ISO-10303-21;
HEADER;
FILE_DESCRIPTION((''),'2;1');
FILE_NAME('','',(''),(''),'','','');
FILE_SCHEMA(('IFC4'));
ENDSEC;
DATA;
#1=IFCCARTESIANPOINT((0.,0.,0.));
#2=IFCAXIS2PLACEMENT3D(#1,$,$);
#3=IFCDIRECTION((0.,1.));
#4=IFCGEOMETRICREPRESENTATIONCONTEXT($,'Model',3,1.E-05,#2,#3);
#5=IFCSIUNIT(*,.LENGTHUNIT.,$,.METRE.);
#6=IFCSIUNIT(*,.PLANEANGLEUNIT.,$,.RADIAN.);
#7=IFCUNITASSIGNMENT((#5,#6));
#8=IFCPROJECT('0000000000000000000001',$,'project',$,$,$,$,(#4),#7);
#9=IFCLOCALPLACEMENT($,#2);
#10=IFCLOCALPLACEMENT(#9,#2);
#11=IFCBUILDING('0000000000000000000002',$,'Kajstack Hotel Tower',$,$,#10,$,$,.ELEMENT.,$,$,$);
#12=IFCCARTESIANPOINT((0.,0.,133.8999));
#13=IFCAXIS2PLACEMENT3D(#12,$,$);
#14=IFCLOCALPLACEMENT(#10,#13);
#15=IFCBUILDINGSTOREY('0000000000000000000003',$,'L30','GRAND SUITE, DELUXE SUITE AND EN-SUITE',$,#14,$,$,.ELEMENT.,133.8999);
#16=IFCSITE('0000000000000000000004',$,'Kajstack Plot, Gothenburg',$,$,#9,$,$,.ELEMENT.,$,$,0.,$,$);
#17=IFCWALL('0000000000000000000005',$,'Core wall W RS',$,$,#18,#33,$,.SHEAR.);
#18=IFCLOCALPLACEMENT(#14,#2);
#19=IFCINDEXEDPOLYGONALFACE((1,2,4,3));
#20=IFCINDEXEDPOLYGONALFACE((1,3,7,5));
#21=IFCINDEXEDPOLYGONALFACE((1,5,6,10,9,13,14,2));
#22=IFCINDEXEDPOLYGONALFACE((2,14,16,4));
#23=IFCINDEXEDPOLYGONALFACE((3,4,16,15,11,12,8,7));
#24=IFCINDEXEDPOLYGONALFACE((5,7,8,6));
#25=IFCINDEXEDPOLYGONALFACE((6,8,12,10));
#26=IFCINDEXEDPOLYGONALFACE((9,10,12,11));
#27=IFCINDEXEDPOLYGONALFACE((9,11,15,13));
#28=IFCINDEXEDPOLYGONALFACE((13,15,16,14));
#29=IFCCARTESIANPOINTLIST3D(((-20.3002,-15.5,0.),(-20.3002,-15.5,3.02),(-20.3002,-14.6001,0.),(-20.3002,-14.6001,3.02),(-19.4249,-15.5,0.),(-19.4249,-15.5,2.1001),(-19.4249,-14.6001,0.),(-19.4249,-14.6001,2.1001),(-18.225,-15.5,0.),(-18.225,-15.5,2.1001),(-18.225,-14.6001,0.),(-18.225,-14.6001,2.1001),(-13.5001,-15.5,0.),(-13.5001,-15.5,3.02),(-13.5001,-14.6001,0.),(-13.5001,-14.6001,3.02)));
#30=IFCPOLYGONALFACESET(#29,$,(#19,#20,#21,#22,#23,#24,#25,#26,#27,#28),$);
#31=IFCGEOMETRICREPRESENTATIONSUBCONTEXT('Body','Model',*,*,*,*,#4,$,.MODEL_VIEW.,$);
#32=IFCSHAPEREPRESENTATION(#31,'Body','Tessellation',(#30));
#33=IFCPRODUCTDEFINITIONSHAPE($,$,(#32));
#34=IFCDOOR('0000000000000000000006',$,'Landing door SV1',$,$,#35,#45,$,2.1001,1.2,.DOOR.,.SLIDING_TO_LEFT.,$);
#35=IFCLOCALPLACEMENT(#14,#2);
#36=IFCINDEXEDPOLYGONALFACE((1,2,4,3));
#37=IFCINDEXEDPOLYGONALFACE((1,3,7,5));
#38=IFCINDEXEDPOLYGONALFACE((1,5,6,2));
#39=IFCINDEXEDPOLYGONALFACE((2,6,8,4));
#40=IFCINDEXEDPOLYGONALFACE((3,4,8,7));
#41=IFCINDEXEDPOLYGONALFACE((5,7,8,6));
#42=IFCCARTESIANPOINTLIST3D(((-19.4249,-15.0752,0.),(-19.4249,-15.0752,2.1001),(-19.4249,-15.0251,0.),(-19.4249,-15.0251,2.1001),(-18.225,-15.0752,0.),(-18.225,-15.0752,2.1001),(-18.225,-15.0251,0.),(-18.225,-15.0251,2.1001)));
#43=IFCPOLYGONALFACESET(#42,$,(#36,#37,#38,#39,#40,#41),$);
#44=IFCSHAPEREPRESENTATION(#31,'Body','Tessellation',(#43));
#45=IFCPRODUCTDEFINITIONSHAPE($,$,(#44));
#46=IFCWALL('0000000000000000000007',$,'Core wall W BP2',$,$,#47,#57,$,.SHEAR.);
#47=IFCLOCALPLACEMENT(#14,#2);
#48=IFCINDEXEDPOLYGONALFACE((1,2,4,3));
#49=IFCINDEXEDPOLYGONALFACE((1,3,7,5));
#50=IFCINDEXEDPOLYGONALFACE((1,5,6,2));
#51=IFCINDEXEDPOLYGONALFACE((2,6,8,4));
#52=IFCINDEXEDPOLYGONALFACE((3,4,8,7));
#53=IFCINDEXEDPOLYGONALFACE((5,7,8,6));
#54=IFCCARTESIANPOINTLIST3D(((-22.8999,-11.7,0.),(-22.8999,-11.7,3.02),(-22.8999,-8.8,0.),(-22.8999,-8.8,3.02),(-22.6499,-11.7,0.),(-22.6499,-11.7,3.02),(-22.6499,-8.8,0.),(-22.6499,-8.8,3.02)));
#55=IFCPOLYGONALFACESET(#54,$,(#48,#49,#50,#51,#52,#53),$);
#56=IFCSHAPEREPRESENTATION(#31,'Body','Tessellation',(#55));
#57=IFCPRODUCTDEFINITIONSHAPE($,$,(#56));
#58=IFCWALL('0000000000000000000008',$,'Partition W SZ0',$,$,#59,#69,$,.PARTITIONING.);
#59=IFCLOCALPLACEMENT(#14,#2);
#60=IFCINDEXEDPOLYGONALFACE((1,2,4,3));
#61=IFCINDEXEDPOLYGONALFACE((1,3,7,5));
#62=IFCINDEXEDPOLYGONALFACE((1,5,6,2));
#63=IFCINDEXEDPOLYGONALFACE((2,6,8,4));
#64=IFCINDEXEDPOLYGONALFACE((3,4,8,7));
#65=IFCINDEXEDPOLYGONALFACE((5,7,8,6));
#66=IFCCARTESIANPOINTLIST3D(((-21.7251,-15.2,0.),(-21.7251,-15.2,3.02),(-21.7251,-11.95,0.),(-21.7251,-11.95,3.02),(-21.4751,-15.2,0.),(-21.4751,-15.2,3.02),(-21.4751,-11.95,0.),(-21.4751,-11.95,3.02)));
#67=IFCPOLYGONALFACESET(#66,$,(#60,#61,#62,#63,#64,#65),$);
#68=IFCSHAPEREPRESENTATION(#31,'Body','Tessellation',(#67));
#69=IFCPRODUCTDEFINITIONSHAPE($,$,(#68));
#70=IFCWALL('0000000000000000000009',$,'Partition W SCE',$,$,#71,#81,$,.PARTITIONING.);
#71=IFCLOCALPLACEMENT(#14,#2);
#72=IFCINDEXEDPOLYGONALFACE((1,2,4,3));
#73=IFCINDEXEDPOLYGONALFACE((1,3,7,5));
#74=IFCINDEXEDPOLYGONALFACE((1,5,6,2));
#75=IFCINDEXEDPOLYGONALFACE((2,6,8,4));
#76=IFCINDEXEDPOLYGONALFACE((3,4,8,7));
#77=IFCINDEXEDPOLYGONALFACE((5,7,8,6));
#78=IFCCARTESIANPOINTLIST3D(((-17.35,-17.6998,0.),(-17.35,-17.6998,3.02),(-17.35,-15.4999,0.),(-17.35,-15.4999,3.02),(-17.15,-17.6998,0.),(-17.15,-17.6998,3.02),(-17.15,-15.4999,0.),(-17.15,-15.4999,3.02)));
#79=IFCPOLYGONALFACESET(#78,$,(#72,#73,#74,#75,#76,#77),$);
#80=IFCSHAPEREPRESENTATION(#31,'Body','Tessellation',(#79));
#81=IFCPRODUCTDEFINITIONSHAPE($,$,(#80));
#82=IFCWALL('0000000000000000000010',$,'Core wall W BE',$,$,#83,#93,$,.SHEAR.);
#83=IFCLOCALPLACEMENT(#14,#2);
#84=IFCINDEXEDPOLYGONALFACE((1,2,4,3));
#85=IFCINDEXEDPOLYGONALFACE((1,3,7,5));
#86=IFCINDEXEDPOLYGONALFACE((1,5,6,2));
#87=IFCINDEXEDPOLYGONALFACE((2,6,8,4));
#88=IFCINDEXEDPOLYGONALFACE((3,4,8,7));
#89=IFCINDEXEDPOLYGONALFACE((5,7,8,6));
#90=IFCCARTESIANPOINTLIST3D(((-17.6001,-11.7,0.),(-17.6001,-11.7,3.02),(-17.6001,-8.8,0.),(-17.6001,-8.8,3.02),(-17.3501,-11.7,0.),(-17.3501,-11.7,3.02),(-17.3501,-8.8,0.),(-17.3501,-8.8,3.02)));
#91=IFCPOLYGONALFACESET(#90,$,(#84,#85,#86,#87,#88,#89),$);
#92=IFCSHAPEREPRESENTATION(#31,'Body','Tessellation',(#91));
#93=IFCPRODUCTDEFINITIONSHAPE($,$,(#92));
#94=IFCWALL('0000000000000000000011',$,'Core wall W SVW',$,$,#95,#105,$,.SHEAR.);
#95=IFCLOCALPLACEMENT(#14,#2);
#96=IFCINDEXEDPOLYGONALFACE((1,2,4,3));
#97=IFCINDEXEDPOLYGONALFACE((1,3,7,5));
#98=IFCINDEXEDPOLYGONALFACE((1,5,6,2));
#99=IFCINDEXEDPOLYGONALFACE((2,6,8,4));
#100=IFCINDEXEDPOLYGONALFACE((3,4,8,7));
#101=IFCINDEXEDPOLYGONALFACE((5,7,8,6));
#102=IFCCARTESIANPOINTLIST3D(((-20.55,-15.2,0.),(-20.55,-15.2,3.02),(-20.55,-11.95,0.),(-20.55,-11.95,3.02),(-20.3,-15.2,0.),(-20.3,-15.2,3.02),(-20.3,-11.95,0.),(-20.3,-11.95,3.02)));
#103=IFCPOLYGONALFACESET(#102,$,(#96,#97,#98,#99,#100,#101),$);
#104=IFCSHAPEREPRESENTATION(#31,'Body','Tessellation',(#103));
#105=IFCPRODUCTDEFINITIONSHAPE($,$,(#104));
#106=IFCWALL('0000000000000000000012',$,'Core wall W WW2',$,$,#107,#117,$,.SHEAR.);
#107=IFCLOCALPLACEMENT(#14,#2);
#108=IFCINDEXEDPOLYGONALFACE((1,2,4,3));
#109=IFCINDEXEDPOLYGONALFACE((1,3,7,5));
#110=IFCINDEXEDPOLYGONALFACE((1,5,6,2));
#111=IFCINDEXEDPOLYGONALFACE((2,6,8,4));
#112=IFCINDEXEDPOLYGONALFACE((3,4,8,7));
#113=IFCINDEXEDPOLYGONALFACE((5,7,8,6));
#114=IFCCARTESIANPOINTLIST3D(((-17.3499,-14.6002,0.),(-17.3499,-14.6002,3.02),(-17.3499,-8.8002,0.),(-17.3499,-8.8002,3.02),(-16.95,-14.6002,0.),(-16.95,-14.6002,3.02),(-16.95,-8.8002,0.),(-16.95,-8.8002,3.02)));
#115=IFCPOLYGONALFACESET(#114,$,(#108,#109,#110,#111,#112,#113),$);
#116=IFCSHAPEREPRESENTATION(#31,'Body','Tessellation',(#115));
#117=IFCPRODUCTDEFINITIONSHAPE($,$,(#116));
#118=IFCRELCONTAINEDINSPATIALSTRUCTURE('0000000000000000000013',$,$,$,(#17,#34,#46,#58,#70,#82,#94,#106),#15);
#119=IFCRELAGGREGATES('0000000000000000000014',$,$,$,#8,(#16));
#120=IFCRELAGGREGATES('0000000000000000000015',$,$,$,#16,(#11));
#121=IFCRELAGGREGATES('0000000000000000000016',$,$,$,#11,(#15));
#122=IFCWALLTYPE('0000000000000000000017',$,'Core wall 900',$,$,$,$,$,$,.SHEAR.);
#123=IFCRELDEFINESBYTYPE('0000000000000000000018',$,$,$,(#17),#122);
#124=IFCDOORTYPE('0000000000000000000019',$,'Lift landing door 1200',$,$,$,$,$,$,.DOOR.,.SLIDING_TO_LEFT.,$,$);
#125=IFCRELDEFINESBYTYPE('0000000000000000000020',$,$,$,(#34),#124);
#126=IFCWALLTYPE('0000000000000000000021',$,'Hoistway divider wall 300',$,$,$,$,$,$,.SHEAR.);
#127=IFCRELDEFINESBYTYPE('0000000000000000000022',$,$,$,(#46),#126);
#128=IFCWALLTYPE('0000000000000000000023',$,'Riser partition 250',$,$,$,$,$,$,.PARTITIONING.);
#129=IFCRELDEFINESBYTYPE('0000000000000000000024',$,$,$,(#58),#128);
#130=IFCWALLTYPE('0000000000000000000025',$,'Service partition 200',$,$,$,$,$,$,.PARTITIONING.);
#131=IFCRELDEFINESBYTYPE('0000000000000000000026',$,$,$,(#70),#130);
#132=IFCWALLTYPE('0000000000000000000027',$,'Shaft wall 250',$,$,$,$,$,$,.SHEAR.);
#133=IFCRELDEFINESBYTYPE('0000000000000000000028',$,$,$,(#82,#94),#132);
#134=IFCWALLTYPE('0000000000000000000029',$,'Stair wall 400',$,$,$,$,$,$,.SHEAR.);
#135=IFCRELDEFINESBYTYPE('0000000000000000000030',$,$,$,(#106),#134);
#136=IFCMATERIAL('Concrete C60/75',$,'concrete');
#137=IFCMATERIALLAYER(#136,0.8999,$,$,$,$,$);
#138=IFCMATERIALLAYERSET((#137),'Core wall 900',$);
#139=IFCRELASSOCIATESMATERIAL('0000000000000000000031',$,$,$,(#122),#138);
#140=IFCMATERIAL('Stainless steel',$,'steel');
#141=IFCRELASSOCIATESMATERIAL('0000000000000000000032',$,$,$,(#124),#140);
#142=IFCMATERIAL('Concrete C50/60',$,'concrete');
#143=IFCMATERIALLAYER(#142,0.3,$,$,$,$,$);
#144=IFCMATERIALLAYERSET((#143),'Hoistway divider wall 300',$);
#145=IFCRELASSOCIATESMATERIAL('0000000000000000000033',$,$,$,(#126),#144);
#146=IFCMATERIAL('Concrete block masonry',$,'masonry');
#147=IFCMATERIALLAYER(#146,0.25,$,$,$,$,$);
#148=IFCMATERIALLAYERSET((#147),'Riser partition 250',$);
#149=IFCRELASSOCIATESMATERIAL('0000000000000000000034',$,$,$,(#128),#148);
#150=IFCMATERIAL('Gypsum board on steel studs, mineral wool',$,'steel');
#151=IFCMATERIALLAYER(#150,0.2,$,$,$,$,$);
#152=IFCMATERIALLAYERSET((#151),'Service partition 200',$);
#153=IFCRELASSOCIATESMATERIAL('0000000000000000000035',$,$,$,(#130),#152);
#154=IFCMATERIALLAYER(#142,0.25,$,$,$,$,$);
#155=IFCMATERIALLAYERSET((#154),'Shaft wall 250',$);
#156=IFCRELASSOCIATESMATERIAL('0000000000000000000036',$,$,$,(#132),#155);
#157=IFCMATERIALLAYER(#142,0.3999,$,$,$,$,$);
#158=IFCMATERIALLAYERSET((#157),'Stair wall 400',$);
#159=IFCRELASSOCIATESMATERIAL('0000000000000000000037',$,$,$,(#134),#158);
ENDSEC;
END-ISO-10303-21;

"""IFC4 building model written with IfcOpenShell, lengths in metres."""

from ifc_helpers import new_model, si_unit, direction, frame, frame_2d, origin, place, context, subcontext, project, spatial, rectangle, extrude, material, layer, layer_set, type_object, element, fill, save


model = new_model("IFC4")

# Units and contexts
model_context = context("Model", 3, precision=1e-05, world=origin(), true_north=direction((0.0, 1.0)))
body_context = subcontext(model_context, "Body", "Model", "MODEL_VIEW")
ifc_project = project(units=[si_unit("LENGTHUNIT", "METRE"), si_unit("PLANEANGLEUNIT", "RADIAN")], contexts=[model_context])

# Site, building, storey
site_placement = place(None, origin())
site = spatial("IfcSite", under=ifc_project, at=site_placement, Name="Kajstack Plot, Gothenburg", CompositionType="ELEMENT", RefElevation=0.0)
building_placement = place(site_placement, origin())
building = spatial("IfcBuilding", under=site, at=building_placement, Name="Kajstack Hotel Tower", CompositionType="ELEMENT")
storey_placement = place(building_placement, frame((0.0, 0.0, 133.8999)))
storey = spatial("IfcBuildingStorey", under=building, at=storey_placement, Name="L30", Description="GRAND SUITE, DELUXE SUITE AND EN-SUITE", CompositionType="ELEMENT", Elevation=133.8999)

# Wall, opening, door
ifc_material_1 = material(Name="Concrete C60/75", Category="concrete")
ifc_layer_1 = layer(ifc_material_1, 0.8999)
ifc_layer_set_1 = layer_set([ifc_layer_1], Name="Core wall 900")
wall_type_1 = type_object("IfcWallType", Name="Core wall 900", PredefinedType="SHEAR", material=ifc_layer_set_1)
wall_1_placement = place(storey_placement, frame((-20.3, -15.05, 0.0), z_axis=(0.0, 0.0, 1.0), x_axis=(1.0, 0.0, 0.0)))
wall_1 = element("IfcWall", 1, at=wall_1_placement, inside=storey, type_object=wall_type_1, Name="Core wall W RS", PredefinedType="SHEAR", context=body_context, shape_type="SweptSolid", body=[
    extrude(rectangle(XDim=6.8, YDim=0.8999, at=frame_2d((3.3999, 0.0))), origin(), (0.0, 0.0, 1.0), 3.02),
])
opening_placement = place(wall_1_placement, frame((0.875, 0.0, 0.0)))
opening = element("IfcOpeningElement", 2, at=opening_placement, cuts=wall_1, PredefinedType="OPENING", context=body_context, shape_type="SweptSolid", body=[
    extrude(rectangle(XDim=1.2, YDim=2.1001, at=frame_2d((0.6001, 1.05))), frame((0.0, 0.46, 0.0), z_axis=(0.0, -1.0, 0.0), x_axis=(1.0, 0.0, 0.0)), (0.0, 0.0, 1.0), 0.9199),
])
ifc_material_2 = material(Name="Stainless steel", Category="steel")
door_type = type_object("IfcDoorType", Name="Lift landing door 1200", OperationType="SLIDING_TO_LEFT", PredefinedType="DOOR", material=ifc_material_2)
door_placement = place(opening_placement, origin())
door = element("IfcDoor", 3, at=door_placement, inside=storey, type_object=door_type, Name="Landing door SV1", OperationType="SLIDING_TO_LEFT", OverallHeight=2.1001, OverallWidth=1.2, PredefinedType="DOOR", context=body_context, shape_type="SweptSolid", body=[
    extrude(rectangle(XDim=1.2, YDim=2.1001, at=frame_2d((0.6001, 1.05))), frame((0.0, 0.0249, 0.0), z_axis=(0.0, -1.0, 0.0), x_axis=(1.0, 0.0, 0.0)), (0.0, 0.0, 1.0), 0.05),
])
fill(opening, door)

# Walls
ifc_material_3 = material(Name="Concrete C50/60", Category="concrete")
ifc_layer_2 = layer(ifc_material_3, 0.3)
ifc_layer_set_2 = layer_set([ifc_layer_2], Name="Hoistway divider wall 300")
wall_type_2 = type_object("IfcWallType", Name="Hoistway divider wall 300", PredefinedType="SHEAR", material=ifc_layer_set_2)
wall_2_placement = place(storey_placement, frame((-22.7749, -11.7, 0.0), z_axis=(0.0, 0.0, 1.0), x_axis=(0.0, 1.0, 0.0)))
element("IfcWall", 4, at=wall_2_placement, inside=storey, type_object=wall_type_2, Name="Core wall W BP2", PredefinedType="SHEAR", context=body_context, shape_type="SweptSolid", body=[
    extrude(rectangle(XDim=2.8999, YDim=0.25, at=frame_2d((1.45, 0.0))), origin(), (0.0, 0.0, 1.0), 3.02),
])
ifc_material_4 = material(Name="Concrete block masonry", Category="masonry")
ifc_layer_3 = layer(ifc_material_4, 0.25)
ifc_layer_set_3 = layer_set([ifc_layer_3], Name="Riser partition 250")
wall_type_3 = type_object("IfcWallType", Name="Riser partition 250", PredefinedType="PARTITIONING", material=ifc_layer_set_3)
wall_3_placement = place(storey_placement, frame((-21.6001, -15.2, 0.0), z_axis=(0.0, 0.0, 1.0), x_axis=(0.0, 1.0, 0.0)))
element("IfcWall", 5, at=wall_3_placement, inside=storey, type_object=wall_type_3, Name="Partition W SZ0", PredefinedType="PARTITIONING", context=body_context, shape_type="SweptSolid", body=[
    extrude(rectangle(XDim=3.25, YDim=0.25, at=frame_2d((1.625, 0.0))), origin(), (0.0, 0.0, 1.0), 3.02),
])
ifc_material_5 = material(Name="Gypsum board on steel studs, mineral wool", Category="steel")
ifc_layer_4 = layer(ifc_material_5, 0.2)
ifc_layer_set_4 = layer_set([ifc_layer_4], Name="Service partition 200")
wall_type_4 = type_object("IfcWallType", Name="Service partition 200", PredefinedType="PARTITIONING", material=ifc_layer_set_4)
wall_4_placement = place(storey_placement, frame((-17.25, -17.7, 0.0), z_axis=(0.0, 0.0, 1.0), x_axis=(0.0, 1.0, 0.0)))
element("IfcWall", 6, at=wall_4_placement, inside=storey, type_object=wall_type_4, Name="Partition W SCE", PredefinedType="PARTITIONING", context=body_context, shape_type="SweptSolid", body=[
    extrude(rectangle(XDim=2.2, YDim=0.2, at=frame_2d((1.1001, 0.0))), origin(), (0.0, 0.0, 1.0), 3.02),
])
ifc_layer_5 = layer(ifc_material_3, 0.25)
ifc_layer_set_5 = layer_set([ifc_layer_5], Name="Shaft wall 250")
wall_type_5 = type_object("IfcWallType", Name="Shaft wall 250", PredefinedType="SHEAR", material=ifc_layer_set_5)
wall_5_placement = place(storey_placement, frame((-17.4751, -11.7, 0.0), z_axis=(0.0, 0.0, 1.0), x_axis=(0.0, 1.0, 0.0)))
element("IfcWall", 7, at=wall_5_placement, inside=storey, type_object=wall_type_5, Name="Core wall W BE", PredefinedType="SHEAR", context=body_context, shape_type="SweptSolid", body=[
    extrude(rectangle(XDim=2.8999, YDim=0.25, at=frame_2d((1.45, 0.0))), origin(), (0.0, 0.0, 1.0), 3.02),
])
wall_6_placement = place(storey_placement, frame((-20.425, -15.2, 0.0), z_axis=(0.0, 0.0, 1.0), x_axis=(0.0, 1.0, 0.0)))
element("IfcWall", 8, at=wall_6_placement, inside=storey, type_object=wall_type_5, Name="Core wall W SVW", PredefinedType="SHEAR", context=body_context, shape_type="SweptSolid", body=[
    extrude(rectangle(XDim=3.25, YDim=0.25, at=frame_2d((1.625, 0.0))), origin(), (0.0, 0.0, 1.0), 3.02),
])
ifc_layer_6 = layer(ifc_material_3, 0.3999)
ifc_layer_set_6 = layer_set([ifc_layer_6], Name="Stair wall 400")
wall_type_6 = type_object("IfcWallType", Name="Stair wall 400", PredefinedType="SHEAR", material=ifc_layer_set_6)
wall_7_placement = place(storey_placement, frame((-17.1499, -14.6001, 0.0), z_axis=(0.0, 0.0, 1.0), x_axis=(0.0, 1.0, 0.0)))
element("IfcWall", 9, at=wall_7_placement, inside=storey, type_object=wall_type_6, Name="Core wall W WW2", PredefinedType="SHEAR", context=body_context, shape_type="SweptSolid", body=[
    extrude(rectangle(XDim=5.8, YDim=0.3999, at=frame_2d((2.8999, 0.0))), origin(), (0.0, 0.0, 1.0), 3.02),
])

save(model, "model.ifc")
